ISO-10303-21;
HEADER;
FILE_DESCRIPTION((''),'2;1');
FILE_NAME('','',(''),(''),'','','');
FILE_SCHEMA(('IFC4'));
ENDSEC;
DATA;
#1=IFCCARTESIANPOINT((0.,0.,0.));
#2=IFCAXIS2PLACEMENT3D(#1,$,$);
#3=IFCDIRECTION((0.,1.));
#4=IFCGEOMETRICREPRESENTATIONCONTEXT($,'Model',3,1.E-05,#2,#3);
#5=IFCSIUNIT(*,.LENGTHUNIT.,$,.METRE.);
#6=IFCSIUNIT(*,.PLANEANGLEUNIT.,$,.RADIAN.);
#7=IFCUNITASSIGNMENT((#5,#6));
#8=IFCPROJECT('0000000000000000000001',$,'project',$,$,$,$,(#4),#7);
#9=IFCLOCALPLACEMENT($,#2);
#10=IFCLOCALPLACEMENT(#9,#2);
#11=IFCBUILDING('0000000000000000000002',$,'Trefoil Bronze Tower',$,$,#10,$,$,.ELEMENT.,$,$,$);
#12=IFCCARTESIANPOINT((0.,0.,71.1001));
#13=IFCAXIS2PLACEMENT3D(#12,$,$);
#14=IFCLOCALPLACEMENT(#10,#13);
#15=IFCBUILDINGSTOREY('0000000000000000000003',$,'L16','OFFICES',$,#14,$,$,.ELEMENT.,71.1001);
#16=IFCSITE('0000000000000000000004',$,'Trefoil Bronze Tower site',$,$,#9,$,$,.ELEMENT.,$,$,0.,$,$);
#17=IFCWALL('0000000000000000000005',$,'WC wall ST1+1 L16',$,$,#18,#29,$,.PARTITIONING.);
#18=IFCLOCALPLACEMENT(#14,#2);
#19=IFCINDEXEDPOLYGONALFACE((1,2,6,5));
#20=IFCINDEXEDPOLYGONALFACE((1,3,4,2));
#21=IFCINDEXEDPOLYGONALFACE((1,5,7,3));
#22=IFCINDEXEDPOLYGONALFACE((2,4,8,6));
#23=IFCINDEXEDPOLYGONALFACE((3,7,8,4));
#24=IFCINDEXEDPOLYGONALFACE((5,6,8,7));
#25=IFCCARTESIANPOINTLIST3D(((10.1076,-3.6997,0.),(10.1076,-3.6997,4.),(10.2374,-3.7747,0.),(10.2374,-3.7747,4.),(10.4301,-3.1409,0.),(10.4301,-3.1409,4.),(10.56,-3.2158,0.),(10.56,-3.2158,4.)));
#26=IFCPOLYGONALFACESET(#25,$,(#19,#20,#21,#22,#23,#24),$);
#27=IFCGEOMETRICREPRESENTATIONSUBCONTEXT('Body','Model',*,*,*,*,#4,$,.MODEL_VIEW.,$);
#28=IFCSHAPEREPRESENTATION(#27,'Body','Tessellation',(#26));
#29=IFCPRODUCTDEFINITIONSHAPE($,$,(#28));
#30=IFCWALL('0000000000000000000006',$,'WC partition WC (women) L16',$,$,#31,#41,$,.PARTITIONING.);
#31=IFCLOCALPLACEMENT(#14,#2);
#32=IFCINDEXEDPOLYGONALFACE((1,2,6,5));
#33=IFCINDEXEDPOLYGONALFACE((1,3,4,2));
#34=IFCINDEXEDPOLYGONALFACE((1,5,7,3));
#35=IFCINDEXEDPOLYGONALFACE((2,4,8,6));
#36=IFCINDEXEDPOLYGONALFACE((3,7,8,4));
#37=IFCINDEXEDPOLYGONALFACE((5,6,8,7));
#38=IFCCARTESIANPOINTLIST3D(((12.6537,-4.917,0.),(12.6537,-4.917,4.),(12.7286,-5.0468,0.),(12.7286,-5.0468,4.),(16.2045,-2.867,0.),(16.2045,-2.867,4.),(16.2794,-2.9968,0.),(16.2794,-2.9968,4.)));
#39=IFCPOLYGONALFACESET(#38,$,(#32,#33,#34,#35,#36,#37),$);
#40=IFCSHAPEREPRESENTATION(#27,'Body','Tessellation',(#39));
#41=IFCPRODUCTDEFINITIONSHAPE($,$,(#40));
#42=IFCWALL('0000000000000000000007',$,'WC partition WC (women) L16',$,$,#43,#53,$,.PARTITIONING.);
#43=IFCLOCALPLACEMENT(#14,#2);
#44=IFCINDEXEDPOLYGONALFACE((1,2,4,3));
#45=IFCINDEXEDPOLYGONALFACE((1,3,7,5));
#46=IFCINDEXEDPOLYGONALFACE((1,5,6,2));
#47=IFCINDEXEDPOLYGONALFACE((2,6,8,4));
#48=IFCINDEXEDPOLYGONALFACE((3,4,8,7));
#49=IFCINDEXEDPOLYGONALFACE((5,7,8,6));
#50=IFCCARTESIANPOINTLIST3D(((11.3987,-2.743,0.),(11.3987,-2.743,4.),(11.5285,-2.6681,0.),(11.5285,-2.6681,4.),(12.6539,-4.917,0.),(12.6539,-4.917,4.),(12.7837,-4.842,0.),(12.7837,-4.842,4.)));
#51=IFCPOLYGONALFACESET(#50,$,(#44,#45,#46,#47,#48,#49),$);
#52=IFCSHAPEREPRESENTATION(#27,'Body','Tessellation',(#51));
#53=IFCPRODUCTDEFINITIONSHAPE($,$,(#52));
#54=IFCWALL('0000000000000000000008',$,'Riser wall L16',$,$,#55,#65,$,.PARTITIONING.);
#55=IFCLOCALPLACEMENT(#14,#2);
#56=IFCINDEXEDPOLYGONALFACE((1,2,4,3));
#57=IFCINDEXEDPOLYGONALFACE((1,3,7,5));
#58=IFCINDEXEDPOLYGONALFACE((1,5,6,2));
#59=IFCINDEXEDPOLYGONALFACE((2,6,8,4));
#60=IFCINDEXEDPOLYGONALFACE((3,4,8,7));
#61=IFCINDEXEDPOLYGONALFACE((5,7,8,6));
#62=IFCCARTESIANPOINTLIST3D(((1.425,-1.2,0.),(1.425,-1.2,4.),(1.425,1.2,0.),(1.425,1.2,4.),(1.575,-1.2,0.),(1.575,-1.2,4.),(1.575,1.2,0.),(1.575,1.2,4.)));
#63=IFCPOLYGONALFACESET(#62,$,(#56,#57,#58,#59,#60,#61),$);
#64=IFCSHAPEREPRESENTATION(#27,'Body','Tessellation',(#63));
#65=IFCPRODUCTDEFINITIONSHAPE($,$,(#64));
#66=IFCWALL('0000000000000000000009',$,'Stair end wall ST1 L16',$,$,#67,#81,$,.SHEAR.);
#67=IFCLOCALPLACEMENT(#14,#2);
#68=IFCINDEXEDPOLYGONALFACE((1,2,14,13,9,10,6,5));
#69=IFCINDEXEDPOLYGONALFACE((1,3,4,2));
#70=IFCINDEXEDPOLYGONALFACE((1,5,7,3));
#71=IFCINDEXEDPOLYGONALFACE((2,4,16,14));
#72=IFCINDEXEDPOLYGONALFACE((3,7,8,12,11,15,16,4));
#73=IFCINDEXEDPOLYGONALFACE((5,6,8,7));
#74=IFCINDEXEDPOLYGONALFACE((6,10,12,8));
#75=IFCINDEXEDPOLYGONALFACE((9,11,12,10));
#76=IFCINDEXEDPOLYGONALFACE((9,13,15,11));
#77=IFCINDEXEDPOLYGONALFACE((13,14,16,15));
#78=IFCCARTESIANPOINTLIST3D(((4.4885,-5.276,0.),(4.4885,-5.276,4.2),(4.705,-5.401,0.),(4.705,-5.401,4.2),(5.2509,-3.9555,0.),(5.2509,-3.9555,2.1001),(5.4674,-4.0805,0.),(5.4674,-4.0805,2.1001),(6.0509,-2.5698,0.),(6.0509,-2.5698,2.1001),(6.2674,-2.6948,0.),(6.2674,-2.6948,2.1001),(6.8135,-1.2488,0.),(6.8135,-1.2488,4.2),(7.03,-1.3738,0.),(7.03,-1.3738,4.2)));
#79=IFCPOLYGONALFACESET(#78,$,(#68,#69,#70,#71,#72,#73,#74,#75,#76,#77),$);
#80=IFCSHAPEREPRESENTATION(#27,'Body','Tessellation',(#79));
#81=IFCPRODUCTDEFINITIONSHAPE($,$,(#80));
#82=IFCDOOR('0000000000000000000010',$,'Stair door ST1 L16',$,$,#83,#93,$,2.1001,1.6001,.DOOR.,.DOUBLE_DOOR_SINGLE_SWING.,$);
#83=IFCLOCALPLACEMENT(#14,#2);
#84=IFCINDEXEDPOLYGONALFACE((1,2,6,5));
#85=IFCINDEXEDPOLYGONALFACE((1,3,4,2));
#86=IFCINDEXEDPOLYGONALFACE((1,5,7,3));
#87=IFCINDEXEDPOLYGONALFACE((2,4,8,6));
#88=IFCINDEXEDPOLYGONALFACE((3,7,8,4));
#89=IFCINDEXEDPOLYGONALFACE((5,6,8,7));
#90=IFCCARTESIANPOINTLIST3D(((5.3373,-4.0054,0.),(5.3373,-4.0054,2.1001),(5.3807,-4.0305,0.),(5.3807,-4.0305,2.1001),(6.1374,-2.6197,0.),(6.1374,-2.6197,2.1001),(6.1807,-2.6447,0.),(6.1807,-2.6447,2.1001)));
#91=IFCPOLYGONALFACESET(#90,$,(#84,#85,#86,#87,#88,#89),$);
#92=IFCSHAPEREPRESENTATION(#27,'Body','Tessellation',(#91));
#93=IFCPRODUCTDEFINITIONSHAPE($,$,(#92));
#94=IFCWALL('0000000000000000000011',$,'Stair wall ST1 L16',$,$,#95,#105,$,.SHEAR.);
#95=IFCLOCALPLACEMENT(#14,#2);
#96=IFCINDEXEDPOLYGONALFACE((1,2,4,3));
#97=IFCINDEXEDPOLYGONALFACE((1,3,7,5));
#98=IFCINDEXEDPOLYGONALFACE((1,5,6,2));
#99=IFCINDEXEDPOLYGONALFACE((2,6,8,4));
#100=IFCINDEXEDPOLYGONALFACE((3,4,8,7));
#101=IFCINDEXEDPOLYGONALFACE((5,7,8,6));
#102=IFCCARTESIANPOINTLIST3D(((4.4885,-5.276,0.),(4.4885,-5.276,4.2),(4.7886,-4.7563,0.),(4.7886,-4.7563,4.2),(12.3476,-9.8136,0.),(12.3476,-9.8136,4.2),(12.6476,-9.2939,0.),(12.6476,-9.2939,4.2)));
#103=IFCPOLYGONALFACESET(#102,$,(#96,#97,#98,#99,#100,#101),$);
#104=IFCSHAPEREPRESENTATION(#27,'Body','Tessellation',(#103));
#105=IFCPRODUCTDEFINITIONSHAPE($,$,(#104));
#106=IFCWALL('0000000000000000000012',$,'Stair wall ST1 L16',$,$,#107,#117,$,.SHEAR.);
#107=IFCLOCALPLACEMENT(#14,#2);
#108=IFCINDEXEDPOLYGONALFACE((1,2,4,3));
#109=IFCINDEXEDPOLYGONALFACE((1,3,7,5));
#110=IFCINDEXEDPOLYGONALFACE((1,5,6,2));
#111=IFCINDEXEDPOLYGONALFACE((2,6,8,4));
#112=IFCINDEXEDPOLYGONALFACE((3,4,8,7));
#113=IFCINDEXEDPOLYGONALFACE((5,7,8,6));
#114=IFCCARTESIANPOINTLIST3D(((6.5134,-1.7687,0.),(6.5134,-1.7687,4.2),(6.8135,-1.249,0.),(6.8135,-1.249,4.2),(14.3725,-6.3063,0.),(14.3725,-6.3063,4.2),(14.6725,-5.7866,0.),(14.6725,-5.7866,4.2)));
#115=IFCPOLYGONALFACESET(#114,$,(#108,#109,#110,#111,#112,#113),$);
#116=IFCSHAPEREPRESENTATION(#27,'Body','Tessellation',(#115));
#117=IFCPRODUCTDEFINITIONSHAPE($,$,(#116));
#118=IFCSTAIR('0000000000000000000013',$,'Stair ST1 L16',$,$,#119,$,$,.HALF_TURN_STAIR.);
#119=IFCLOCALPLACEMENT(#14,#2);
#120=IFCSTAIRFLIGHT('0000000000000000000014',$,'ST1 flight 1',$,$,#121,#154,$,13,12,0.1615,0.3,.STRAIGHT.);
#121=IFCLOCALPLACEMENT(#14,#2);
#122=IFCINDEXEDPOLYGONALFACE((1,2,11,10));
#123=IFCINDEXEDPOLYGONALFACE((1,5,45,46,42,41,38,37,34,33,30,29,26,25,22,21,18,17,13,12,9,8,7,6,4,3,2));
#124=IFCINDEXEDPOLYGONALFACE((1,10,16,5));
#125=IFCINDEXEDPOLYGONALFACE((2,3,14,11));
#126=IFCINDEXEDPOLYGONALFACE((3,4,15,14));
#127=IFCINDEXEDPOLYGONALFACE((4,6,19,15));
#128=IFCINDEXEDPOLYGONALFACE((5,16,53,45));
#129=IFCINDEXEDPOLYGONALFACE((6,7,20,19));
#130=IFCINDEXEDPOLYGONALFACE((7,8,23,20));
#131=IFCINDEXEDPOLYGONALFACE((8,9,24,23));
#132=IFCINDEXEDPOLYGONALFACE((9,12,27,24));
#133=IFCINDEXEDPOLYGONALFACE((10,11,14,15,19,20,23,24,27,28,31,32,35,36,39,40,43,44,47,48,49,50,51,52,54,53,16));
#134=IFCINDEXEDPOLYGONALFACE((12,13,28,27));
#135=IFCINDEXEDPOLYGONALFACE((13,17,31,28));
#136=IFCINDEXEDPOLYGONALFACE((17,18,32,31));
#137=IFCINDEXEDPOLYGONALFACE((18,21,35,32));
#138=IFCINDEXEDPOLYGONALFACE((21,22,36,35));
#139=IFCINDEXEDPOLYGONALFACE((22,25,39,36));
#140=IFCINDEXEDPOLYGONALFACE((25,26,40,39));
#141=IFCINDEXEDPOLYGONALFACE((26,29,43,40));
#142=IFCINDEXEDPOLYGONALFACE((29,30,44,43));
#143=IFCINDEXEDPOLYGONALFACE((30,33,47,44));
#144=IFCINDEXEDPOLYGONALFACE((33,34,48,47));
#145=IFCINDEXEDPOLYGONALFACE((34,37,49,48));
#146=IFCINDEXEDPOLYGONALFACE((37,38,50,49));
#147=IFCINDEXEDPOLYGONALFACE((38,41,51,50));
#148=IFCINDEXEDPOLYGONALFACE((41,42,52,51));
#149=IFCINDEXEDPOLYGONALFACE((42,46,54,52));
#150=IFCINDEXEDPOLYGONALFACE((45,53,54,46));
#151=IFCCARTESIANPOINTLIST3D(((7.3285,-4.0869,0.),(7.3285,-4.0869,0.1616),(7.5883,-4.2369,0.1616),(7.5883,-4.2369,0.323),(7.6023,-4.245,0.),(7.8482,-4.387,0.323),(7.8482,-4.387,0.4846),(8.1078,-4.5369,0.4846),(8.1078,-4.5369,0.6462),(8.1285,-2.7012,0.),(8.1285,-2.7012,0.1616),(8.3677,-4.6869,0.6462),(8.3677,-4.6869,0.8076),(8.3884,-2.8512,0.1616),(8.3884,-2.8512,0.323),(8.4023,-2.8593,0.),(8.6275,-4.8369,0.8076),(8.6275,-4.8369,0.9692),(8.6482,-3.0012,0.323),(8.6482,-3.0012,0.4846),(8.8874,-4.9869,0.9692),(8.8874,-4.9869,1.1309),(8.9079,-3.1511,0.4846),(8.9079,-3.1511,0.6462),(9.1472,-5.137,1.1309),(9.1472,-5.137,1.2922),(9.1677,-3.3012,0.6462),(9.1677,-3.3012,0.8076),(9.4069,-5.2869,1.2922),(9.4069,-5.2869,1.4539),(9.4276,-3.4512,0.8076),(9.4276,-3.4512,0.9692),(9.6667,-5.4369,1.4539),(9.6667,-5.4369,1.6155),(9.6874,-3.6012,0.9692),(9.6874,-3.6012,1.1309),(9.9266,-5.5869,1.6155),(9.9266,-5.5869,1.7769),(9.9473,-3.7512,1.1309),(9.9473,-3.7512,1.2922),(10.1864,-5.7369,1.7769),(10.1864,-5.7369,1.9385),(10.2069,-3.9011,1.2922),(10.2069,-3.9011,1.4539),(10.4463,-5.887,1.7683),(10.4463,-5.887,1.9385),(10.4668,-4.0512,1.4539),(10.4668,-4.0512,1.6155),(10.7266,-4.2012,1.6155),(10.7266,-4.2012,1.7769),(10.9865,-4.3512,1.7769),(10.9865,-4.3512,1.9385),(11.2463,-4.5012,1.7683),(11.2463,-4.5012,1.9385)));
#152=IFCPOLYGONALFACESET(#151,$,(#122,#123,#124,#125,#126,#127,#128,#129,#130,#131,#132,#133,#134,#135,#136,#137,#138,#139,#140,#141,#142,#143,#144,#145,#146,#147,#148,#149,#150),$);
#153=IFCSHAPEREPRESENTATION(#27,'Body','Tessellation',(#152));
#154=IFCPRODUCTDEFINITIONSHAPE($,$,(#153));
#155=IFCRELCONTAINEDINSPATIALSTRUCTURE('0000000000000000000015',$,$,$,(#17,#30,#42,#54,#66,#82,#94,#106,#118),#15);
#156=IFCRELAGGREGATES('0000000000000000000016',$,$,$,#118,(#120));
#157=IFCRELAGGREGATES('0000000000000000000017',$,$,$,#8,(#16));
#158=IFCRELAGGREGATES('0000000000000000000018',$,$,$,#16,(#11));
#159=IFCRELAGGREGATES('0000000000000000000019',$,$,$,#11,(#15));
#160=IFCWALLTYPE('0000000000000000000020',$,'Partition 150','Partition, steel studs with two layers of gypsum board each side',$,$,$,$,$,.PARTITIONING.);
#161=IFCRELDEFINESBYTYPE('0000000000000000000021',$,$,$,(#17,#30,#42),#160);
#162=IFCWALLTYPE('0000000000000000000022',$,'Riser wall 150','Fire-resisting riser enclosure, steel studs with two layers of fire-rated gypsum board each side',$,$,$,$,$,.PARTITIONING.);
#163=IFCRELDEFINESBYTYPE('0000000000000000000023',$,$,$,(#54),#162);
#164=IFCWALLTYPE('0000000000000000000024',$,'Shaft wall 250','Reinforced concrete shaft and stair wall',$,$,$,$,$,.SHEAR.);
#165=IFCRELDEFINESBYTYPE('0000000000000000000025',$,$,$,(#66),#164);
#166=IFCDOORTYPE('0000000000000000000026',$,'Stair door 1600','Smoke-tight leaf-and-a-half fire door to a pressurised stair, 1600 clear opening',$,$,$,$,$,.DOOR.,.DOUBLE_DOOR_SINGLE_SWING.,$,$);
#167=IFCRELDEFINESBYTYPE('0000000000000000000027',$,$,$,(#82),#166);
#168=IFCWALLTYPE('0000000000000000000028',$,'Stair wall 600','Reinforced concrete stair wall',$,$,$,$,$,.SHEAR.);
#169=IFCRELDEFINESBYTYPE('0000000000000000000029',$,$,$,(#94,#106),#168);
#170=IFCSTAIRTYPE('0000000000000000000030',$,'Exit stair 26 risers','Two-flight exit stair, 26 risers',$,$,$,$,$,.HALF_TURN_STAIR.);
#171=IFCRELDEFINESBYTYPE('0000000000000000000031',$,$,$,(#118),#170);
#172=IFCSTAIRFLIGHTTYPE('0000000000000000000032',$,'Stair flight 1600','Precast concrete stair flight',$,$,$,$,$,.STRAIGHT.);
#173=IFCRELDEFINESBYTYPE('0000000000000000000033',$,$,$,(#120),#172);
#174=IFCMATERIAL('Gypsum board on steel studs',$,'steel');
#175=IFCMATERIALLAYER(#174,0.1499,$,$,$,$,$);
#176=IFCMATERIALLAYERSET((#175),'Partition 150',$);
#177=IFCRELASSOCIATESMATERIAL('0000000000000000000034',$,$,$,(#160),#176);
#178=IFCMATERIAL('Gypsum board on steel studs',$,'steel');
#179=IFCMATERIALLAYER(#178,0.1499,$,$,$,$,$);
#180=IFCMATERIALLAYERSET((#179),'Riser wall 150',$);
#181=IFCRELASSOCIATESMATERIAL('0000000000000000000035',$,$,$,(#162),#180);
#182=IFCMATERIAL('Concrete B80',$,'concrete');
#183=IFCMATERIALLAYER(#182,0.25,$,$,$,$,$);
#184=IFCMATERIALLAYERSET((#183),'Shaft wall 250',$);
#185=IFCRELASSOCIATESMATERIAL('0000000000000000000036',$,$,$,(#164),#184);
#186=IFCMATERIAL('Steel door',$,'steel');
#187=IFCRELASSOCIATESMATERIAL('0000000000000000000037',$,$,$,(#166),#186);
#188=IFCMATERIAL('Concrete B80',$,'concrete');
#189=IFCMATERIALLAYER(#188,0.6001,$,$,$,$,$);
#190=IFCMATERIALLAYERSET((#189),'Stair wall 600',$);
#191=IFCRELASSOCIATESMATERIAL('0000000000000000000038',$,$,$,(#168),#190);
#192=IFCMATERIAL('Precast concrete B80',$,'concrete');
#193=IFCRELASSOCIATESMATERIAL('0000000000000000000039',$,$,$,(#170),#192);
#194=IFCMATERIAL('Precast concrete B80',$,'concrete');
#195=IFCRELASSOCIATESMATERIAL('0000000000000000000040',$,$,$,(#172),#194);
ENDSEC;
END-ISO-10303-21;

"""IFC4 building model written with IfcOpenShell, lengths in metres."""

from ifc_helpers import new_model, si_unit, direction, frame, frame_2d, origin, place, context, subcontext, project, spatial, polyline, rectangle, outline, extrude, material, layer, layer_set, type_object, element, fill, aggregate, save


model = new_model("IFC4")

# Units and contexts
model_context = context("Model", 3, precision=1e-05, world=origin(), true_north=direction((0.0, 1.0)))
body_context = subcontext(model_context, "Body", "Model", "MODEL_VIEW")
ifc_project = project(units=[si_unit("LENGTHUNIT", "METRE"), si_unit("PLANEANGLEUNIT", "RADIAN")], contexts=[model_context])

# Site, building, storey
site_placement = place(None, origin())
site = spatial("IfcSite", under=ifc_project, at=site_placement, Name="Trefoil Bronze Tower site", CompositionType="ELEMENT", RefElevation=0.0)
building_placement = place(site_placement, origin())
building = spatial("IfcBuilding", under=site, at=building_placement, Name="Trefoil Bronze Tower", CompositionType="ELEMENT")
storey_placement = place(building_placement, frame((0.0, 0.0, 71.1001)))
storey = spatial("IfcBuildingStorey", under=building, at=storey_placement, Name="L16", Description="OFFICES", CompositionType="ELEMENT", Elevation=71.1001)

# Shared definitions
ifc_material_1 = material(Name="Gypsum board on steel studs", Category="steel")
ifc_layer_1 = layer(ifc_material_1, 0.1499)
ifc_layer_set_1 = layer_set([ifc_layer_1], Name="Partition 150")
wall_type_1 = type_object("IfcWallType", Name="Partition 150", Description="Partition, steel studs with two layers of gypsum board each side", PredefinedType="PARTITIONING", material=ifc_layer_set_1)

# Walls
for number, where, z_axis, x_axis, name in (
    (1, (10.4951, -3.1782, 0.0), (0.0, 0.0, 1.0), (-0.499843, -0.866116, 0.0), "WC wall ST1+1 L16"),
):
    element("IfcWall", number, at=place(storey_placement, frame(where, z_axis=z_axis, x_axis=x_axis)), inside=storey, type_object=wall_type_1, Name=name, PredefinedType="PARTITIONING", context=body_context, shape_type="SweptSolid", body=[
        extrude(rectangle(XDim=0.6453, YDim=0.1499, at=frame_2d((0.3228, 0.0))), origin(), (0.0, 0.0, 1.0), 4.0),
    ])
wall_1_placement = place(storey_placement, frame((12.6912, -4.9819, 0.0), z_axis=(0.0, 0.0, 1.0), x_axis=(0.866025, 0.500001, 0.0)))
element("IfcWall", 2, at=wall_1_placement, inside=storey, type_object=wall_type_1, Name="WC partition WC (women) L16", PredefinedType="PARTITIONING", context=body_context, shape_type="SweptSolid", body=[
    extrude(rectangle(XDim=4.1001, YDim=0.1499, at=frame_2d((2.05, 0.0))), origin(), (0.0, 0.0, 1.0), 4.0),
])
wall_2_placement = place(storey_placement, frame((11.4636, -2.7056, 0.0), z_axis=(0.0, 0.0, 1.0), x_axis=(0.50002, -0.866014, 0.0)))
element("IfcWall", 3, at=wall_2_placement, inside=storey, type_object=wall_type_1, Name="WC partition WC (women) L16", PredefinedType="PARTITIONING", context=body_context, shape_type="SweptSolid", body=[
    extrude(rectangle(XDim=2.5103, YDim=0.1499, at=frame_2d((1.2551, 0.0))), origin(), (0.0, 0.0, 1.0), 4.0),
])
ifc_material_2 = material(Name="Gypsum board on steel studs", Category="steel")
ifc_layer_2 = layer(ifc_material_2, 0.1499)
ifc_layer_set_2 = layer_set([ifc_layer_2], Name="Riser wall 150")
wall_type_2 = type_object("IfcWallType", Name="Riser wall 150", Description="Fire-resisting riser enclosure, steel studs with two layers of fire-rated gypsum board each side", PredefinedType="PARTITIONING", material=ifc_layer_set_2)
wall_3_placement = place(storey_placement, frame((1.5, -1.2, 0.0), z_axis=(0.0, 0.0, 1.0), x_axis=(0.0, 1.0, 0.0)))
element("IfcWall", 4, at=wall_3_placement, inside=storey, type_object=wall_type_2, Name="Riser wall L16", PredefinedType="PARTITIONING", context=body_context, shape_type="SweptSolid", body=[
    extrude(rectangle(XDim=2.3999, YDim=0.1499, at=frame_2d((1.2, 0.0))), origin(), (0.0, 0.0, 1.0), 4.0),
])

# Wall, opening, door
ifc_material_3 = material(Name="Concrete B80", Category="concrete")
ifc_layer_3 = layer(ifc_material_3, 0.25)
ifc_layer_set_3 = layer_set([ifc_layer_3], Name="Shaft wall 250")
wall_type_3 = type_object("IfcWallType", Name="Shaft wall 250", Description="Reinforced concrete shaft and stair wall", PredefinedType="SHEAR", material=ifc_layer_set_3)
wall_4_placement = place(storey_placement, frame((4.5967, -5.3386, 0.0), z_axis=(0.0, 0.0, 1.0), x_axis=(0.499985, 0.866034, 0.0)))
wall_4 = element("IfcWall", 5, at=wall_4_placement, inside=storey, type_object=wall_type_3, Name="Stair end wall ST1 L16", PredefinedType="SHEAR", context=body_context, shape_type="SweptSolid", body=[
    extrude(rectangle(XDim=4.6501, YDim=0.25, at=frame_2d((2.3252, 0.0))), origin(), (0.0, 0.0, 1.0), 4.2),
])
opening_1_placement = place(wall_4_placement, frame((1.5249, 0.0, 0.0)))
opening_1 = element("IfcOpeningElement", 6, at=opening_1_placement, cuts=wall_4, PredefinedType="OPENING", context=body_context, shape_type="SweptSolid", body=[
    extrude(rectangle(XDim=1.6001, YDim=2.1001, at=frame_2d((0.8, 1.05))), frame((0.0, 0.135, 0.0), z_axis=(0.0, -1.0, 0.0), x_axis=(1.0, 0.0, 0.0)), (0.0, 0.0, 1.0), 0.27),
])
ifc_material_4 = material(Name="Steel door", Category="steel")
door_type_1 = type_object("IfcDoorType", Name="Stair door 1600", Description="Smoke-tight leaf-and-a-half fire door to a pressurised stair, 1600 clear opening", OperationType="DOUBLE_DOOR_SINGLE_SWING", PredefinedType="DOOR", material=ifc_material_4)
door_1_placement = place(opening_1_placement, frame((1.6001, 0.0, 0.0), z_axis=(0.0, 0.0, 1.0), x_axis=(-1.0, 0.0, 0.0)))
door_1 = element("IfcDoor", 7, at=door_1_placement, inside=storey, type_object=door_type_1, Name="Stair door ST1 L16", OperationType="DOUBLE_DOOR_SINGLE_SWING", OverallHeight=2.1001, OverallWidth=1.6001, PredefinedType="DOOR", context=body_context, shape_type="SweptSolid", body=[
    extrude(rectangle(XDim=1.6001, YDim=2.1001, at=frame_2d((0.8, 1.05))), frame((0.0, 0.0249, 0.0), z_axis=(0.0, -1.0, 0.0), x_axis=(1.0, 0.0, 0.0)), (0.0, 0.0, 1.0), 0.05),
])
fill(opening_1, door_1)

# Walls
ifc_material_5 = material(Name="Concrete B80", Category="concrete")
ifc_layer_4 = layer(ifc_material_5, 0.6001)
ifc_layer_set_4 = layer_set([ifc_layer_4], Name="Stair wall 600")
wall_type_4 = type_object("IfcWallType", Name="Stair wall 600", Description="Reinforced concrete stair wall", PredefinedType="SHEAR", material=ifc_layer_set_4)
for number, where, z_axis, x_axis, name in (
    (8, (4.6384, -5.0161, 0.0), (0.0, 0.0, 1.0), (0.866019, -0.50001, 0.0), "Stair wall ST1 L16"),
    (9, (6.6633, -1.5088, 0.0), (0.0, 0.0, 1.0), (0.866019, -0.50001, 0.0), "Stair wall ST1 L16"),
):
    element("IfcWall", number, at=place(storey_placement, frame(where, z_axis=z_axis, x_axis=x_axis)), inside=storey, type_object=wall_type_4, Name=name, PredefinedType="SHEAR", context=body_context, shape_type="SweptSolid", body=[
        extrude(rectangle(XDim=9.075, YDim=0.6001, at=frame_2d((4.5376, 0.0))), origin(), (0.0, 0.0, 1.0), 4.2),
    ])

# Stair, stair flight
ifc_material_6 = material(Name="Precast concrete B80", Category="concrete")
stair_type = type_object("IfcStairType", Name="Exit stair 26 risers", Description="Two-flight exit stair, 26 risers", PredefinedType="HALF_TURN_STAIR", material=ifc_material_6)
stair_placement = place(storey_placement, origin())
stair = element("IfcStair", 10, at=stair_placement, inside=storey, type_object=stair_type, Name="Stair ST1 L16", PredefinedType="HALF_TURN_STAIR")
ifc_material_7 = material(Name="Precast concrete B80", Category="concrete")
stair_flight_type = type_object("IfcStairFlightType", Name="Stair flight 1600", Description="Precast concrete stair flight", PredefinedType="STRAIGHT", material=ifc_material_7)
stair_flight_1_placement = place(storey_placement, frame((7.7285, -3.394, 0.0), z_axis=(0.0, 0.0, 1.0), x_axis=(0.866025, -0.5, 0.0)))
stair_flight_1 = element("IfcStairFlight", 11, at=stair_flight_1_placement, type_object=stair_flight_type, Name="ST1 flight 1", NumberOfRisers=13, NumberOfTreads=12, PredefinedType="STRAIGHT", RiserHeight=0.1615, TreadLength=0.3, context=body_context, shape_type="SweptSolid", body=[
    extrude(outline(polyline([(0.0, 0.0), (0.0, 0.1616), (0.3, 0.1616), (0.3, 0.323), (0.6001, 0.323), (0.6001, 0.4846), (0.8999, 0.4846), (0.8999, 0.6462), (1.2, 0.6462), (1.2, 0.8076), (1.5, 0.8076), (1.5, 0.9692), (1.8, 0.9692), (1.8, 1.1309), (2.1001, 1.1309), (2.1001, 1.2922), (2.3999, 1.2922), (2.3999, 1.4539), (2.7, 1.4539), (2.7, 1.6155), (3.0, 1.6155), (3.0, 1.7769), (3.3, 1.7769), (3.3, 1.9385), (3.6001, 1.9385), (3.6001, 2.1001), (3.6001, 1.7683), (0.3162, 0.0), (0.0, 0.0)])), frame((0.0, 0.8, 0.0), z_axis=(0.0, -1.0, 0.0), x_axis=(1.0, 0.0, 0.0)), (0.0, 0.0, 1.0), 1.6001),
])
aggregate(stair, [stair_flight_1])

save(model, "model.ifc")
